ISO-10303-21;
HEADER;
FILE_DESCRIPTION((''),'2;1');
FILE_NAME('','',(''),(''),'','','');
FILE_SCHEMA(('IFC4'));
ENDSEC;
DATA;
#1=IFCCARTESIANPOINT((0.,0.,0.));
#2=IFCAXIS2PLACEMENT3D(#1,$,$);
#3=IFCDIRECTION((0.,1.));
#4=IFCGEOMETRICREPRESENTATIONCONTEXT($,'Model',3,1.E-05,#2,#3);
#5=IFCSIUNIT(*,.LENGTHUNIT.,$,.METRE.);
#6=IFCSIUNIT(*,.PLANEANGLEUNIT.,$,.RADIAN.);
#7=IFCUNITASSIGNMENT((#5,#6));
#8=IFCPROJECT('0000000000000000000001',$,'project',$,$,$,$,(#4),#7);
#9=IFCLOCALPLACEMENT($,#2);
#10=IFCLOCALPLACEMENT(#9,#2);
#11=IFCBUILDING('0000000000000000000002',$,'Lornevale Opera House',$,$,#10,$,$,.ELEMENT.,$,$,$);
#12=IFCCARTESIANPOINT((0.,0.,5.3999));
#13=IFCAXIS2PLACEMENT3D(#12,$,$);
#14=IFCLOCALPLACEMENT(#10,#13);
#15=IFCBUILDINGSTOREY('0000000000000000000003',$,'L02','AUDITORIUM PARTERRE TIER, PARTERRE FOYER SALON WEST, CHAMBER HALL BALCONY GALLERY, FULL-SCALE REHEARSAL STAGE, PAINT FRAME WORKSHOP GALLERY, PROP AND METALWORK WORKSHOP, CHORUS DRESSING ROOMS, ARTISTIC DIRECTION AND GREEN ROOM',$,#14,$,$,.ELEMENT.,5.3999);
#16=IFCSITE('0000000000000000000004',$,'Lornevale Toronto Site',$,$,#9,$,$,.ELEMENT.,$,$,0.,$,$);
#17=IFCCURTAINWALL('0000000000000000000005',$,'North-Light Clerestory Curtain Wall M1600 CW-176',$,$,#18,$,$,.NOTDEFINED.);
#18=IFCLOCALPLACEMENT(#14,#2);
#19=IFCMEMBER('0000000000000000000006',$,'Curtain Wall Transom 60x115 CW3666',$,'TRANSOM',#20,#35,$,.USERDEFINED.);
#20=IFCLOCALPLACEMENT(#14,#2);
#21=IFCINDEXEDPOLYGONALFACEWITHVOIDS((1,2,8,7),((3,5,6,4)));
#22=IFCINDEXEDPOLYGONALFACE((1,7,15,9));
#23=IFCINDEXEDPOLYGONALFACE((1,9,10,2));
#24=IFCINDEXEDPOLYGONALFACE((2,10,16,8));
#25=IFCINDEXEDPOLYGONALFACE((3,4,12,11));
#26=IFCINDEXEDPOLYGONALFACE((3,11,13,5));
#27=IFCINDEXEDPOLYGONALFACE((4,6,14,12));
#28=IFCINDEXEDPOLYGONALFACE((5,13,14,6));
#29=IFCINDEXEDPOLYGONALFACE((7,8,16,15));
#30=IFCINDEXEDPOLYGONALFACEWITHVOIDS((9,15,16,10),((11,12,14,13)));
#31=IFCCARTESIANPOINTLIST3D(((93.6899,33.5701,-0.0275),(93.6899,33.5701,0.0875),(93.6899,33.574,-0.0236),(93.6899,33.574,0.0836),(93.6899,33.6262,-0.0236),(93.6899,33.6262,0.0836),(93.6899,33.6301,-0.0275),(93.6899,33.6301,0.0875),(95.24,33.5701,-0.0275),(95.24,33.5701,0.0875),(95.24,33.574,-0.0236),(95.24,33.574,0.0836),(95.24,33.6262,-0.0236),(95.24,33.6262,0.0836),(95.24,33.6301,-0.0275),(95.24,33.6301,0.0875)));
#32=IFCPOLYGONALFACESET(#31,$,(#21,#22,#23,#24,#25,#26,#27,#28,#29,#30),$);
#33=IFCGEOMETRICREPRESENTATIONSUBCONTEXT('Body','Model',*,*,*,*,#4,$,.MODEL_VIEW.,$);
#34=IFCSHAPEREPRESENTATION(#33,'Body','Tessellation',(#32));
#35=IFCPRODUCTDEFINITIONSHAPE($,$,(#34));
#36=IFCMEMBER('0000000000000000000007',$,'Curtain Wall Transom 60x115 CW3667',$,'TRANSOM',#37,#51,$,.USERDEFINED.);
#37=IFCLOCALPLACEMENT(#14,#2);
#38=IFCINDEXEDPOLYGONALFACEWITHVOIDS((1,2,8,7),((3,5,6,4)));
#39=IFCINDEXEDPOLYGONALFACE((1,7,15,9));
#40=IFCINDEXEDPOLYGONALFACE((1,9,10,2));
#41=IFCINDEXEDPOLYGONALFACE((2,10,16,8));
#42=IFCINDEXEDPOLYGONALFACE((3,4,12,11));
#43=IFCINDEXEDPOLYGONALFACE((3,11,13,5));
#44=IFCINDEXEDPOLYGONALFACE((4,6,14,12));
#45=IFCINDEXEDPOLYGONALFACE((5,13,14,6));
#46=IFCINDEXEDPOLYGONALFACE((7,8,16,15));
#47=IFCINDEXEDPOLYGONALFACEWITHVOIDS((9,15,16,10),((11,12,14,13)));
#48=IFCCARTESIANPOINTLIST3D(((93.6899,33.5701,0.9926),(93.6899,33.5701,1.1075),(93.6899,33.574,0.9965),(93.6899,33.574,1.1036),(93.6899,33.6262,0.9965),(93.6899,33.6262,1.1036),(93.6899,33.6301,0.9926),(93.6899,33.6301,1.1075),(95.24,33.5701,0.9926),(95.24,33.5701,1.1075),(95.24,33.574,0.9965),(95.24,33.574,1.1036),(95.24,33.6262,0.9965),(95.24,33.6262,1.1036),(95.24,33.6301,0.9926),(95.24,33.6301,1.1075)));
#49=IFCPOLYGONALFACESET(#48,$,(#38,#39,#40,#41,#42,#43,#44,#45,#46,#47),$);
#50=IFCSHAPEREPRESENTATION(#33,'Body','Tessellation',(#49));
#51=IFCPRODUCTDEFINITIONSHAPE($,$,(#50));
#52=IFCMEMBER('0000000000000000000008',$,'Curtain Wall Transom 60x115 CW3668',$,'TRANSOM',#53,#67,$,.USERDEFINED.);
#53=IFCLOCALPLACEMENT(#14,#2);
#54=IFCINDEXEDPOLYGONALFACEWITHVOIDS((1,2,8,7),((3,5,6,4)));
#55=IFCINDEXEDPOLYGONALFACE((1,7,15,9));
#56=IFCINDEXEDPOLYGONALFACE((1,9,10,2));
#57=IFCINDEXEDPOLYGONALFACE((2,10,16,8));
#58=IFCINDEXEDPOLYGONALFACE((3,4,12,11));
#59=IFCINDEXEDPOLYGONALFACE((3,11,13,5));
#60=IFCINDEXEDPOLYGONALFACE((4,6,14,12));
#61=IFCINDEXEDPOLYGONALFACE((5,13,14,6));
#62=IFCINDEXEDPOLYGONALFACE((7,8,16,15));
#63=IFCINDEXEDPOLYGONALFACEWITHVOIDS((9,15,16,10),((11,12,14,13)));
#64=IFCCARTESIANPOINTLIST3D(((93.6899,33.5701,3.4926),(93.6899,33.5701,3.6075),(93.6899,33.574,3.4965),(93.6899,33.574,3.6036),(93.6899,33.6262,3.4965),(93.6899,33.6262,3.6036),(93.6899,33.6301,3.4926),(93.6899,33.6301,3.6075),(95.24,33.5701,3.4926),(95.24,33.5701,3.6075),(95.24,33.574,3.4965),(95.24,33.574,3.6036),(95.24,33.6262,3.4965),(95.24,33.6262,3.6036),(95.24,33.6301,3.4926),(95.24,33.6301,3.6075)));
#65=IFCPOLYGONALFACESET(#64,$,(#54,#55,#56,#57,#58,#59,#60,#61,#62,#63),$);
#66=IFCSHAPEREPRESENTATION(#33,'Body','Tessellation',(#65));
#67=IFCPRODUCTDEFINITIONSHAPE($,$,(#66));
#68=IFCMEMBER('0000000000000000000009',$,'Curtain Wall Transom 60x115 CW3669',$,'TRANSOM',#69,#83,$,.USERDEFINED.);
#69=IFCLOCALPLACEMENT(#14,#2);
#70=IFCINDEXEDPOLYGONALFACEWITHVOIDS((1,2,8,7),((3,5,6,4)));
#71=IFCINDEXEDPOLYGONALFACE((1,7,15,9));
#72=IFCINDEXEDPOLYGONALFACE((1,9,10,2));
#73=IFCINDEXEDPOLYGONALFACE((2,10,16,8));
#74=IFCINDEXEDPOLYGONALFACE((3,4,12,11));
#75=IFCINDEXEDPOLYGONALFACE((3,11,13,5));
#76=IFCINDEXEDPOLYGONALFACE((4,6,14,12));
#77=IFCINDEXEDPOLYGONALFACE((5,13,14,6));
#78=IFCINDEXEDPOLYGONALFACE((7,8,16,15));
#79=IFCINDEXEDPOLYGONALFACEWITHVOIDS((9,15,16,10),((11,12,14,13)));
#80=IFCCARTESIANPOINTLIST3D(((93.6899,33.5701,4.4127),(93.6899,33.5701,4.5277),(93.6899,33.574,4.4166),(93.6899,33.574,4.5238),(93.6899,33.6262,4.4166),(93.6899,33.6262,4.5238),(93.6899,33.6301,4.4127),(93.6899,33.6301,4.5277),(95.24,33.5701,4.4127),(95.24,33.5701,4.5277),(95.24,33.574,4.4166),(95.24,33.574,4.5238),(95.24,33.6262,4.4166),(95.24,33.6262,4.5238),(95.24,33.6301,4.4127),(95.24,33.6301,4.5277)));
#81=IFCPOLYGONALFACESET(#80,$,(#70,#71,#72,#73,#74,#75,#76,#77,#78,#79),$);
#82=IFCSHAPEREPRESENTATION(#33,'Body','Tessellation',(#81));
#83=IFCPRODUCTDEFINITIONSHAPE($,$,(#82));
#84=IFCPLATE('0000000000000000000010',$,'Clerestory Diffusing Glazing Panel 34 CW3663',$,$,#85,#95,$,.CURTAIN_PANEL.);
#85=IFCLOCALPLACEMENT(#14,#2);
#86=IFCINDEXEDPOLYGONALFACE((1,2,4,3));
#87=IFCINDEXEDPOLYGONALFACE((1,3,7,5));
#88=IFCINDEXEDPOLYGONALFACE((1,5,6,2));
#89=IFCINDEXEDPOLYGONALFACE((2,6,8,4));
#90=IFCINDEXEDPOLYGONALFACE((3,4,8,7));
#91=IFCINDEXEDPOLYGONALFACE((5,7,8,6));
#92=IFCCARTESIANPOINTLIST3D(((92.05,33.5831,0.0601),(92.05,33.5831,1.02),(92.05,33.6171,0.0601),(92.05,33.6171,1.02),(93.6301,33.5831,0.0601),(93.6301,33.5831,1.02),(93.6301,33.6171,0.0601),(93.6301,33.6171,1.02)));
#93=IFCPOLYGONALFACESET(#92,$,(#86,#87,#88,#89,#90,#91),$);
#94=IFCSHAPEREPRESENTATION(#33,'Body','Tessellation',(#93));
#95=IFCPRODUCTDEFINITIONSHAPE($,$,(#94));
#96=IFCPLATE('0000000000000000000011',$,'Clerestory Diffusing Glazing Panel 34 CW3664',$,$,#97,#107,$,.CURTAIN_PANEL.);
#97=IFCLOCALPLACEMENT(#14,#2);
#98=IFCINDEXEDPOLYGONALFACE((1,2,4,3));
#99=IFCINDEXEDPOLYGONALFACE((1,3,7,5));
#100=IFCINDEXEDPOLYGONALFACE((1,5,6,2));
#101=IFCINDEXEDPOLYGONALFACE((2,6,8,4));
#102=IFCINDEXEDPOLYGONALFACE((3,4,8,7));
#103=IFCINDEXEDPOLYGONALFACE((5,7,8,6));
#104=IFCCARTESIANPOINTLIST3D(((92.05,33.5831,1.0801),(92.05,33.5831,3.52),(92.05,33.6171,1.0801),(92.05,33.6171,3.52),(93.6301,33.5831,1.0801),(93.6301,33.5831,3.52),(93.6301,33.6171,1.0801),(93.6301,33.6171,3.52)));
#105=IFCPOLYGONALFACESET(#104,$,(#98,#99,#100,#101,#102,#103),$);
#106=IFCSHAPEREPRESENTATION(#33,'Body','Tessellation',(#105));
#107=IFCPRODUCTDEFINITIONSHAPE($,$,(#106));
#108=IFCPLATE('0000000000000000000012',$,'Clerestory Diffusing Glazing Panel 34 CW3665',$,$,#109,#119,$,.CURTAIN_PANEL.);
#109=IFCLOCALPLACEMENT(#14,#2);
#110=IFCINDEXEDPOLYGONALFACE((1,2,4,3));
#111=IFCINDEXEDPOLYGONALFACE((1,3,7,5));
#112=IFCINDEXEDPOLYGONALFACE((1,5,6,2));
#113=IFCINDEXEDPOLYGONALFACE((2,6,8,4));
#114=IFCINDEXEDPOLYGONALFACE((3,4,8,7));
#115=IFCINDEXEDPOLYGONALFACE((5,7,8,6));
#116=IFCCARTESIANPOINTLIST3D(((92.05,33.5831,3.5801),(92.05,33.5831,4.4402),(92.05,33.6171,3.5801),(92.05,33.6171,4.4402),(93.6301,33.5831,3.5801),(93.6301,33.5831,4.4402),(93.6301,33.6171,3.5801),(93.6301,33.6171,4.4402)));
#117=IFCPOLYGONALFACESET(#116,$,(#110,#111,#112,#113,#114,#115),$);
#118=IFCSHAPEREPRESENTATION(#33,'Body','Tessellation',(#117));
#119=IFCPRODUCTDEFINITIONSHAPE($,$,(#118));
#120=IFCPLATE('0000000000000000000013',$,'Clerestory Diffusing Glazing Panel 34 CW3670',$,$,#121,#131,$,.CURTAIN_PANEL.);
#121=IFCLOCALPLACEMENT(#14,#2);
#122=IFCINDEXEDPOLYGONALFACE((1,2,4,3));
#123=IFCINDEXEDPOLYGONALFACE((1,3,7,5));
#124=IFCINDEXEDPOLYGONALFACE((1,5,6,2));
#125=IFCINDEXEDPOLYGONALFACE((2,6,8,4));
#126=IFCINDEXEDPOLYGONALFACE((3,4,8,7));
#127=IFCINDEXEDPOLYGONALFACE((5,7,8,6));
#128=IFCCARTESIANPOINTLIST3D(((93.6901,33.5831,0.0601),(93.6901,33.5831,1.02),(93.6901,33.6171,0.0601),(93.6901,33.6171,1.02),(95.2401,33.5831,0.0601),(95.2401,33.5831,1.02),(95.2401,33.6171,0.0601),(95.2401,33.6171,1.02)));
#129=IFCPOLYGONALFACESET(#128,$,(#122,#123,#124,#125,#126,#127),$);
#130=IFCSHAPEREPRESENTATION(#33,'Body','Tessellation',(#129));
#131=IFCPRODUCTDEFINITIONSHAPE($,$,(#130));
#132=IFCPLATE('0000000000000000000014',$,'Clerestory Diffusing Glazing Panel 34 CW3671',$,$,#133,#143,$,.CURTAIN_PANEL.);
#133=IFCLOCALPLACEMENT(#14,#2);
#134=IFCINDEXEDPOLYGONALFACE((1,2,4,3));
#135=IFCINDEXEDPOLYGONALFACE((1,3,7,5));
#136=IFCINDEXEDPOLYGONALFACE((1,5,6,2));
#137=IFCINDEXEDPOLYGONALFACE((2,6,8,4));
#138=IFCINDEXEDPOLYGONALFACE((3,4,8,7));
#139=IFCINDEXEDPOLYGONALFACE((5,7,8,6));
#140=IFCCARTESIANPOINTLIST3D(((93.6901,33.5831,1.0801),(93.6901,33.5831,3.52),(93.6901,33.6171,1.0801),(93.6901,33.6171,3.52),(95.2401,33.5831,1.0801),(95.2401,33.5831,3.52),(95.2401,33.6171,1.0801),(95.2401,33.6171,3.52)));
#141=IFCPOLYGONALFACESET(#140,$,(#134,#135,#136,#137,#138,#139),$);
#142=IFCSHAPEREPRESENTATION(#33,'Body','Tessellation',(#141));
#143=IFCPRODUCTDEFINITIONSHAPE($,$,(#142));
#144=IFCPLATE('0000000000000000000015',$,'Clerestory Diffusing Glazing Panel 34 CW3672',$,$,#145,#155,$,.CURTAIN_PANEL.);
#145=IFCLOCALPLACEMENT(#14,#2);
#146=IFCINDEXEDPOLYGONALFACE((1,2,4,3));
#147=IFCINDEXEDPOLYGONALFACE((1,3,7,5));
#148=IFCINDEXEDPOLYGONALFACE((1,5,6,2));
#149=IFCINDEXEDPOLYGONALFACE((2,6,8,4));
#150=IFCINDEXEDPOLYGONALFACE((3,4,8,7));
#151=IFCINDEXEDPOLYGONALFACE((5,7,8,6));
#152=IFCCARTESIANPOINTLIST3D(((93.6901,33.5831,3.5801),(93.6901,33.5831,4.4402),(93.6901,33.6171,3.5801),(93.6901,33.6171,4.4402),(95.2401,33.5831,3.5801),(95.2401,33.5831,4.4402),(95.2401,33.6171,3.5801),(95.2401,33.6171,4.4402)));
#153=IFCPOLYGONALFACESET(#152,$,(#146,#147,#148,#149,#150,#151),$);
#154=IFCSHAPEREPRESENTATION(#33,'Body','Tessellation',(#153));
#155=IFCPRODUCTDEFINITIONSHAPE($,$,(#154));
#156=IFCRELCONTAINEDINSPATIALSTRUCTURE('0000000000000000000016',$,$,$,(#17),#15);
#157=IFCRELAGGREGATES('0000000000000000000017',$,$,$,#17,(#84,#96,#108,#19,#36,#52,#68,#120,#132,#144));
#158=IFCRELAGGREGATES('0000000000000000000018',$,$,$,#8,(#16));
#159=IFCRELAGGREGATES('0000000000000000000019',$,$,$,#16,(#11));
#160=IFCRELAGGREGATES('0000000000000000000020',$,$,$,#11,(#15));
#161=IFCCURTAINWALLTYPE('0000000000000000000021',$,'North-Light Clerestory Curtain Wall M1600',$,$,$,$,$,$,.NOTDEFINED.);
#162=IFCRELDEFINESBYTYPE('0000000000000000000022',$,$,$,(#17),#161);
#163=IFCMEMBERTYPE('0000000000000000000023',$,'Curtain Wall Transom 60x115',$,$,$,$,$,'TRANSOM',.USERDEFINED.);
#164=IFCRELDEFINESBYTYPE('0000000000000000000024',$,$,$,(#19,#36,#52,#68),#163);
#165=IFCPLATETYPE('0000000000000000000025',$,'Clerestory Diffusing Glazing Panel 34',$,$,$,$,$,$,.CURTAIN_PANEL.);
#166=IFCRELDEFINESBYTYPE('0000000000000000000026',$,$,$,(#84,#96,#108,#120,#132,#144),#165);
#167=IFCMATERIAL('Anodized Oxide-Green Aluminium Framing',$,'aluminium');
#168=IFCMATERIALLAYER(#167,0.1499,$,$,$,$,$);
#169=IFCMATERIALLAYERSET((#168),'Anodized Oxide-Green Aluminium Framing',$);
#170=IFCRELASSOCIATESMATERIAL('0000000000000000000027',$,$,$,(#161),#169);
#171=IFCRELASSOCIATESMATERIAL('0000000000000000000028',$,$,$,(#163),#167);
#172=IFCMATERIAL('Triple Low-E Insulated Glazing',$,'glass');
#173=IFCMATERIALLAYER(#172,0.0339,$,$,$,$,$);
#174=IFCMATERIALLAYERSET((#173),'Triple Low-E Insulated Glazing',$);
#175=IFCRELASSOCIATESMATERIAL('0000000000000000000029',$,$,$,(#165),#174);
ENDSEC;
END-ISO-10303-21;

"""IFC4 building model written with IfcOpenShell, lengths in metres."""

from ifc_helpers import new_model, si_unit, direction, frame, origin, origin_2d, place, context, subcontext, project, spatial, rectangle, hollow_rectangle, extrude, material, layer, layer_set, material_profile, profile_set, type_object, element, aggregate, save


model = new_model("IFC4")

# Units and contexts
model_context = context("Model", 3, precision=1e-05, world=origin(), true_north=direction((0.0, 1.0)))
body_context = subcontext(model_context, "Body", "Model", "MODEL_VIEW")
ifc_project = project(units=[si_unit("LENGTHUNIT", "METRE"), si_unit("PLANEANGLEUNIT", "RADIAN")], contexts=[model_context])

# Site, building, storey
site_placement = place(None, origin())
site = spatial("IfcSite", under=ifc_project, at=site_placement, Name="Lornevale Toronto Site", CompositionType="ELEMENT", RefElevation=0.0)
building_placement = place(site_placement, origin())
building = spatial("IfcBuilding", under=site, at=building_placement, Name="Lornevale Opera House", CompositionType="ELEMENT")
storey_placement = place(building_placement, frame((0.0, 0.0, 5.3999)))
storey = spatial("IfcBuildingStorey", under=building, at=storey_placement, Name="L02", Description="AUDITORIUM PARTERRE TIER, PARTERRE FOYER SALON WEST, CHAMBER HALL BALCONY GALLERY, FULL-SCALE REHEARSAL STAGE, PAINT FRAME WORKSHOP GALLERY, PROP AND METALWORK WORKSHOP, CHORUS DRESSING ROOMS, ARTISTIC DIRECTION AND GREEN ROOM", CompositionType="ELEMENT", Elevation=5.3999)

# Shared definitions
ifc_material_1 = material(Name="Anodized Oxide-Green Aluminium Framing", Category="aluminium")
ifc_layer_1 = layer(ifc_material_1, 0.1499)
ifc_layer_set_1 = layer_set([ifc_layer_1], Name="Anodized Oxide-Green Aluminium Framing")
curtain_wall_type = type_object("IfcCurtainWallType", Name="North-Light Clerestory Curtain Wall M1600", PredefinedType="NOTDEFINED", material=ifc_layer_set_1)

# Curtain wall
curtain_wall_1_placement = place(storey_placement, origin())
curtain_wall_1 = element("IfcCurtainWall", 1, at=curtain_wall_1_placement, inside=storey, type_object=curtain_wall_type, Name="North-Light Clerestory Curtain Wall M1600 CW-176", PredefinedType="NOTDEFINED")

# Members
ifc_material_profile_1 = material_profile(ifc_material_1, hollow_rectangle(XDim=0.0601, YDim=0.115, WallThickness=0.0039, at=origin_2d()), Name="ALU60x115x4")
ifc_profile_set_1 = profile_set([ifc_material_profile_1], Name="Anodized Oxide-Green Aluminium Framing")
member_type_1 = type_object("IfcMemberType", Name="Curtain Wall Transom 60x115", ElementType="TRANSOM", PredefinedType="USERDEFINED", material=ifc_profile_set_1)
member_1_placement = place(storey_placement, frame((93.6899, 33.6001, 0.03), z_axis=(1.0, 0.0, 0.0), x_axis=(0.0, 1.0, 0.0)))
member_1 = element("IfcMember", 2, at=member_1_placement, type_object=member_type_1, Name="Curtain Wall Transom 60x115 CW3666", ObjectType="TRANSOM", PredefinedType="USERDEFINED", context=body_context, shape_type="SweptSolid", body=[
    extrude(hollow_rectangle(XDim=0.0601, YDim=0.115, WallThickness=0.0039, at=origin_2d()), origin(), (0.0, 0.0, 1.0), 1.55),
])
member_2_placement = place(storey_placement, frame((93.6899, 33.6001, 1.05), z_axis=(1.0, 0.0, 0.0), x_axis=(0.0, 1.0, 0.0)))
member_2 = element("IfcMember", 3, at=member_2_placement, type_object=member_type_1, Name="Curtain Wall Transom 60x115 CW3667", ObjectType="TRANSOM", PredefinedType="USERDEFINED", context=body_context, shape_type="SweptSolid", body=[
    extrude(hollow_rectangle(XDim=0.0601, YDim=0.115, WallThickness=0.0039, at=origin_2d()), origin(), (0.0, 0.0, 1.0), 1.55),
])
member_3_placement = place(storey_placement, frame((93.6899, 33.6001, 3.55), z_axis=(1.0, 0.0, 0.0), x_axis=(0.0, 1.0, 0.0)))
member_3 = element("IfcMember", 4, at=member_3_placement, type_object=member_type_1, Name="Curtain Wall Transom 60x115 CW3668", ObjectType="TRANSOM", PredefinedType="USERDEFINED", context=body_context, shape_type="SweptSolid", body=[
    extrude(hollow_rectangle(XDim=0.0601, YDim=0.115, WallThickness=0.0039, at=origin_2d()), origin(), (0.0, 0.0, 1.0), 1.55),
])
member_4_placement = place(storey_placement, frame((93.6899, 33.6001, 4.4702), z_axis=(1.0, 0.0, 0.0), x_axis=(0.0, 1.0, 0.0)))
member_4 = element("IfcMember", 5, at=member_4_placement, type_object=member_type_1, Name="Curtain Wall Transom 60x115 CW3669", ObjectType="TRANSOM", PredefinedType="USERDEFINED", context=body_context, shape_type="SweptSolid", body=[
    extrude(hollow_rectangle(XDim=0.0601, YDim=0.115, WallThickness=0.0039, at=origin_2d()), origin(), (0.0, 0.0, 1.0), 1.55),
])

# Plates
ifc_material_2 = material(Name="Triple Low-E Insulated Glazing", Category="glass")
ifc_layer_2 = layer(ifc_material_2, 0.0339)
ifc_layer_set_2 = layer_set([ifc_layer_2], Name="Triple Low-E Insulated Glazing")
plate_type = type_object("IfcPlateType", Name="Clerestory Diffusing Glazing Panel 34", PredefinedType="CURTAIN_PANEL", material=ifc_layer_set_2)
plate_1_placement = place(storey_placement, frame((92.8401, 33.6001, 0.0601), z_axis=(0.0, 0.0, 1.0), x_axis=(1.0, 0.0, 0.0)))
plate_1 = element("IfcPlate", 6, at=plate_1_placement, type_object=plate_type, Name="Clerestory Diffusing Glazing Panel 34 CW3663", PredefinedType="CURTAIN_PANEL", context=body_context, shape_type="SweptSolid", body=[
    extrude(rectangle(XDim=1.5801, YDim=0.0339, at=origin_2d()), origin(), (0.0, 0.0, 1.0), 0.96),
])
plate_2_placement = place(storey_placement, frame((92.8401, 33.6001, 1.0801), z_axis=(0.0, 0.0, 1.0), x_axis=(1.0, 0.0, 0.0)))
plate_2 = element("IfcPlate", 7, at=plate_2_placement, type_object=plate_type, Name="Clerestory Diffusing Glazing Panel 34 CW3664", PredefinedType="CURTAIN_PANEL", context=body_context, shape_type="SweptSolid", body=[
    extrude(rectangle(XDim=1.5801, YDim=0.0339, at=origin_2d()), origin(), (0.0, 0.0, 1.0), 2.4399),
])
plate_3_placement = place(storey_placement, frame((92.8401, 33.6001, 3.5801), z_axis=(0.0, 0.0, 1.0), x_axis=(1.0, 0.0, 0.0)))
plate_3 = element("IfcPlate", 8, at=plate_3_placement, type_object=plate_type, Name="Clerestory Diffusing Glazing Panel 34 CW3665", PredefinedType="CURTAIN_PANEL", context=body_context, shape_type="SweptSolid", body=[
    extrude(rectangle(XDim=1.5801, YDim=0.0339, at=origin_2d()), origin(), (0.0, 0.0, 1.0), 0.8601),
])
plate_4_placement = place(storey_placement, frame((94.4651, 33.6001, 0.0601), z_axis=(0.0, 0.0, 1.0), x_axis=(1.0, 0.0, 0.0)))
plate_4 = element("IfcPlate", 9, at=plate_4_placement, type_object=plate_type, Name="Clerestory Diffusing Glazing Panel 34 CW3670", PredefinedType="CURTAIN_PANEL", context=body_context, shape_type="SweptSolid", body=[
    extrude(rectangle(XDim=1.55, YDim=0.0339, at=origin_2d()), origin(), (0.0, 0.0, 1.0), 0.96),
])
plate_5_placement = place(storey_placement, frame((94.4651, 33.6001, 1.0801), z_axis=(0.0, 0.0, 1.0), x_axis=(1.0, 0.0, 0.0)))
plate_5 = element("IfcPlate", 10, at=plate_5_placement, type_object=plate_type, Name="Clerestory Diffusing Glazing Panel 34 CW3671", PredefinedType="CURTAIN_PANEL", context=body_context, shape_type="SweptSolid", body=[
    extrude(rectangle(XDim=1.55, YDim=0.0339, at=origin_2d()), origin(), (0.0, 0.0, 1.0), 2.4399),
])
plate_6_placement = place(storey_placement, frame((94.4651, 33.6001, 3.5801), z_axis=(0.0, 0.0, 1.0), x_axis=(1.0, 0.0, 0.0)))
plate_6 = element("IfcPlate", 11, at=plate_6_placement, type_object=plate_type, Name="Clerestory Diffusing Glazing Panel 34 CW3672", PredefinedType="CURTAIN_PANEL", context=body_context, shape_type="SweptSolid", body=[
    extrude(rectangle(XDim=1.55, YDim=0.0339, at=origin_2d()), origin(), (0.0, 0.0, 1.0), 0.8601),
])
aggregate(curtain_wall_1, [plate_1, plate_2, plate_3, member_1, member_2, member_3, member_4, plate_4, plate_5, plate_6])

save(model, "model.ifc")
